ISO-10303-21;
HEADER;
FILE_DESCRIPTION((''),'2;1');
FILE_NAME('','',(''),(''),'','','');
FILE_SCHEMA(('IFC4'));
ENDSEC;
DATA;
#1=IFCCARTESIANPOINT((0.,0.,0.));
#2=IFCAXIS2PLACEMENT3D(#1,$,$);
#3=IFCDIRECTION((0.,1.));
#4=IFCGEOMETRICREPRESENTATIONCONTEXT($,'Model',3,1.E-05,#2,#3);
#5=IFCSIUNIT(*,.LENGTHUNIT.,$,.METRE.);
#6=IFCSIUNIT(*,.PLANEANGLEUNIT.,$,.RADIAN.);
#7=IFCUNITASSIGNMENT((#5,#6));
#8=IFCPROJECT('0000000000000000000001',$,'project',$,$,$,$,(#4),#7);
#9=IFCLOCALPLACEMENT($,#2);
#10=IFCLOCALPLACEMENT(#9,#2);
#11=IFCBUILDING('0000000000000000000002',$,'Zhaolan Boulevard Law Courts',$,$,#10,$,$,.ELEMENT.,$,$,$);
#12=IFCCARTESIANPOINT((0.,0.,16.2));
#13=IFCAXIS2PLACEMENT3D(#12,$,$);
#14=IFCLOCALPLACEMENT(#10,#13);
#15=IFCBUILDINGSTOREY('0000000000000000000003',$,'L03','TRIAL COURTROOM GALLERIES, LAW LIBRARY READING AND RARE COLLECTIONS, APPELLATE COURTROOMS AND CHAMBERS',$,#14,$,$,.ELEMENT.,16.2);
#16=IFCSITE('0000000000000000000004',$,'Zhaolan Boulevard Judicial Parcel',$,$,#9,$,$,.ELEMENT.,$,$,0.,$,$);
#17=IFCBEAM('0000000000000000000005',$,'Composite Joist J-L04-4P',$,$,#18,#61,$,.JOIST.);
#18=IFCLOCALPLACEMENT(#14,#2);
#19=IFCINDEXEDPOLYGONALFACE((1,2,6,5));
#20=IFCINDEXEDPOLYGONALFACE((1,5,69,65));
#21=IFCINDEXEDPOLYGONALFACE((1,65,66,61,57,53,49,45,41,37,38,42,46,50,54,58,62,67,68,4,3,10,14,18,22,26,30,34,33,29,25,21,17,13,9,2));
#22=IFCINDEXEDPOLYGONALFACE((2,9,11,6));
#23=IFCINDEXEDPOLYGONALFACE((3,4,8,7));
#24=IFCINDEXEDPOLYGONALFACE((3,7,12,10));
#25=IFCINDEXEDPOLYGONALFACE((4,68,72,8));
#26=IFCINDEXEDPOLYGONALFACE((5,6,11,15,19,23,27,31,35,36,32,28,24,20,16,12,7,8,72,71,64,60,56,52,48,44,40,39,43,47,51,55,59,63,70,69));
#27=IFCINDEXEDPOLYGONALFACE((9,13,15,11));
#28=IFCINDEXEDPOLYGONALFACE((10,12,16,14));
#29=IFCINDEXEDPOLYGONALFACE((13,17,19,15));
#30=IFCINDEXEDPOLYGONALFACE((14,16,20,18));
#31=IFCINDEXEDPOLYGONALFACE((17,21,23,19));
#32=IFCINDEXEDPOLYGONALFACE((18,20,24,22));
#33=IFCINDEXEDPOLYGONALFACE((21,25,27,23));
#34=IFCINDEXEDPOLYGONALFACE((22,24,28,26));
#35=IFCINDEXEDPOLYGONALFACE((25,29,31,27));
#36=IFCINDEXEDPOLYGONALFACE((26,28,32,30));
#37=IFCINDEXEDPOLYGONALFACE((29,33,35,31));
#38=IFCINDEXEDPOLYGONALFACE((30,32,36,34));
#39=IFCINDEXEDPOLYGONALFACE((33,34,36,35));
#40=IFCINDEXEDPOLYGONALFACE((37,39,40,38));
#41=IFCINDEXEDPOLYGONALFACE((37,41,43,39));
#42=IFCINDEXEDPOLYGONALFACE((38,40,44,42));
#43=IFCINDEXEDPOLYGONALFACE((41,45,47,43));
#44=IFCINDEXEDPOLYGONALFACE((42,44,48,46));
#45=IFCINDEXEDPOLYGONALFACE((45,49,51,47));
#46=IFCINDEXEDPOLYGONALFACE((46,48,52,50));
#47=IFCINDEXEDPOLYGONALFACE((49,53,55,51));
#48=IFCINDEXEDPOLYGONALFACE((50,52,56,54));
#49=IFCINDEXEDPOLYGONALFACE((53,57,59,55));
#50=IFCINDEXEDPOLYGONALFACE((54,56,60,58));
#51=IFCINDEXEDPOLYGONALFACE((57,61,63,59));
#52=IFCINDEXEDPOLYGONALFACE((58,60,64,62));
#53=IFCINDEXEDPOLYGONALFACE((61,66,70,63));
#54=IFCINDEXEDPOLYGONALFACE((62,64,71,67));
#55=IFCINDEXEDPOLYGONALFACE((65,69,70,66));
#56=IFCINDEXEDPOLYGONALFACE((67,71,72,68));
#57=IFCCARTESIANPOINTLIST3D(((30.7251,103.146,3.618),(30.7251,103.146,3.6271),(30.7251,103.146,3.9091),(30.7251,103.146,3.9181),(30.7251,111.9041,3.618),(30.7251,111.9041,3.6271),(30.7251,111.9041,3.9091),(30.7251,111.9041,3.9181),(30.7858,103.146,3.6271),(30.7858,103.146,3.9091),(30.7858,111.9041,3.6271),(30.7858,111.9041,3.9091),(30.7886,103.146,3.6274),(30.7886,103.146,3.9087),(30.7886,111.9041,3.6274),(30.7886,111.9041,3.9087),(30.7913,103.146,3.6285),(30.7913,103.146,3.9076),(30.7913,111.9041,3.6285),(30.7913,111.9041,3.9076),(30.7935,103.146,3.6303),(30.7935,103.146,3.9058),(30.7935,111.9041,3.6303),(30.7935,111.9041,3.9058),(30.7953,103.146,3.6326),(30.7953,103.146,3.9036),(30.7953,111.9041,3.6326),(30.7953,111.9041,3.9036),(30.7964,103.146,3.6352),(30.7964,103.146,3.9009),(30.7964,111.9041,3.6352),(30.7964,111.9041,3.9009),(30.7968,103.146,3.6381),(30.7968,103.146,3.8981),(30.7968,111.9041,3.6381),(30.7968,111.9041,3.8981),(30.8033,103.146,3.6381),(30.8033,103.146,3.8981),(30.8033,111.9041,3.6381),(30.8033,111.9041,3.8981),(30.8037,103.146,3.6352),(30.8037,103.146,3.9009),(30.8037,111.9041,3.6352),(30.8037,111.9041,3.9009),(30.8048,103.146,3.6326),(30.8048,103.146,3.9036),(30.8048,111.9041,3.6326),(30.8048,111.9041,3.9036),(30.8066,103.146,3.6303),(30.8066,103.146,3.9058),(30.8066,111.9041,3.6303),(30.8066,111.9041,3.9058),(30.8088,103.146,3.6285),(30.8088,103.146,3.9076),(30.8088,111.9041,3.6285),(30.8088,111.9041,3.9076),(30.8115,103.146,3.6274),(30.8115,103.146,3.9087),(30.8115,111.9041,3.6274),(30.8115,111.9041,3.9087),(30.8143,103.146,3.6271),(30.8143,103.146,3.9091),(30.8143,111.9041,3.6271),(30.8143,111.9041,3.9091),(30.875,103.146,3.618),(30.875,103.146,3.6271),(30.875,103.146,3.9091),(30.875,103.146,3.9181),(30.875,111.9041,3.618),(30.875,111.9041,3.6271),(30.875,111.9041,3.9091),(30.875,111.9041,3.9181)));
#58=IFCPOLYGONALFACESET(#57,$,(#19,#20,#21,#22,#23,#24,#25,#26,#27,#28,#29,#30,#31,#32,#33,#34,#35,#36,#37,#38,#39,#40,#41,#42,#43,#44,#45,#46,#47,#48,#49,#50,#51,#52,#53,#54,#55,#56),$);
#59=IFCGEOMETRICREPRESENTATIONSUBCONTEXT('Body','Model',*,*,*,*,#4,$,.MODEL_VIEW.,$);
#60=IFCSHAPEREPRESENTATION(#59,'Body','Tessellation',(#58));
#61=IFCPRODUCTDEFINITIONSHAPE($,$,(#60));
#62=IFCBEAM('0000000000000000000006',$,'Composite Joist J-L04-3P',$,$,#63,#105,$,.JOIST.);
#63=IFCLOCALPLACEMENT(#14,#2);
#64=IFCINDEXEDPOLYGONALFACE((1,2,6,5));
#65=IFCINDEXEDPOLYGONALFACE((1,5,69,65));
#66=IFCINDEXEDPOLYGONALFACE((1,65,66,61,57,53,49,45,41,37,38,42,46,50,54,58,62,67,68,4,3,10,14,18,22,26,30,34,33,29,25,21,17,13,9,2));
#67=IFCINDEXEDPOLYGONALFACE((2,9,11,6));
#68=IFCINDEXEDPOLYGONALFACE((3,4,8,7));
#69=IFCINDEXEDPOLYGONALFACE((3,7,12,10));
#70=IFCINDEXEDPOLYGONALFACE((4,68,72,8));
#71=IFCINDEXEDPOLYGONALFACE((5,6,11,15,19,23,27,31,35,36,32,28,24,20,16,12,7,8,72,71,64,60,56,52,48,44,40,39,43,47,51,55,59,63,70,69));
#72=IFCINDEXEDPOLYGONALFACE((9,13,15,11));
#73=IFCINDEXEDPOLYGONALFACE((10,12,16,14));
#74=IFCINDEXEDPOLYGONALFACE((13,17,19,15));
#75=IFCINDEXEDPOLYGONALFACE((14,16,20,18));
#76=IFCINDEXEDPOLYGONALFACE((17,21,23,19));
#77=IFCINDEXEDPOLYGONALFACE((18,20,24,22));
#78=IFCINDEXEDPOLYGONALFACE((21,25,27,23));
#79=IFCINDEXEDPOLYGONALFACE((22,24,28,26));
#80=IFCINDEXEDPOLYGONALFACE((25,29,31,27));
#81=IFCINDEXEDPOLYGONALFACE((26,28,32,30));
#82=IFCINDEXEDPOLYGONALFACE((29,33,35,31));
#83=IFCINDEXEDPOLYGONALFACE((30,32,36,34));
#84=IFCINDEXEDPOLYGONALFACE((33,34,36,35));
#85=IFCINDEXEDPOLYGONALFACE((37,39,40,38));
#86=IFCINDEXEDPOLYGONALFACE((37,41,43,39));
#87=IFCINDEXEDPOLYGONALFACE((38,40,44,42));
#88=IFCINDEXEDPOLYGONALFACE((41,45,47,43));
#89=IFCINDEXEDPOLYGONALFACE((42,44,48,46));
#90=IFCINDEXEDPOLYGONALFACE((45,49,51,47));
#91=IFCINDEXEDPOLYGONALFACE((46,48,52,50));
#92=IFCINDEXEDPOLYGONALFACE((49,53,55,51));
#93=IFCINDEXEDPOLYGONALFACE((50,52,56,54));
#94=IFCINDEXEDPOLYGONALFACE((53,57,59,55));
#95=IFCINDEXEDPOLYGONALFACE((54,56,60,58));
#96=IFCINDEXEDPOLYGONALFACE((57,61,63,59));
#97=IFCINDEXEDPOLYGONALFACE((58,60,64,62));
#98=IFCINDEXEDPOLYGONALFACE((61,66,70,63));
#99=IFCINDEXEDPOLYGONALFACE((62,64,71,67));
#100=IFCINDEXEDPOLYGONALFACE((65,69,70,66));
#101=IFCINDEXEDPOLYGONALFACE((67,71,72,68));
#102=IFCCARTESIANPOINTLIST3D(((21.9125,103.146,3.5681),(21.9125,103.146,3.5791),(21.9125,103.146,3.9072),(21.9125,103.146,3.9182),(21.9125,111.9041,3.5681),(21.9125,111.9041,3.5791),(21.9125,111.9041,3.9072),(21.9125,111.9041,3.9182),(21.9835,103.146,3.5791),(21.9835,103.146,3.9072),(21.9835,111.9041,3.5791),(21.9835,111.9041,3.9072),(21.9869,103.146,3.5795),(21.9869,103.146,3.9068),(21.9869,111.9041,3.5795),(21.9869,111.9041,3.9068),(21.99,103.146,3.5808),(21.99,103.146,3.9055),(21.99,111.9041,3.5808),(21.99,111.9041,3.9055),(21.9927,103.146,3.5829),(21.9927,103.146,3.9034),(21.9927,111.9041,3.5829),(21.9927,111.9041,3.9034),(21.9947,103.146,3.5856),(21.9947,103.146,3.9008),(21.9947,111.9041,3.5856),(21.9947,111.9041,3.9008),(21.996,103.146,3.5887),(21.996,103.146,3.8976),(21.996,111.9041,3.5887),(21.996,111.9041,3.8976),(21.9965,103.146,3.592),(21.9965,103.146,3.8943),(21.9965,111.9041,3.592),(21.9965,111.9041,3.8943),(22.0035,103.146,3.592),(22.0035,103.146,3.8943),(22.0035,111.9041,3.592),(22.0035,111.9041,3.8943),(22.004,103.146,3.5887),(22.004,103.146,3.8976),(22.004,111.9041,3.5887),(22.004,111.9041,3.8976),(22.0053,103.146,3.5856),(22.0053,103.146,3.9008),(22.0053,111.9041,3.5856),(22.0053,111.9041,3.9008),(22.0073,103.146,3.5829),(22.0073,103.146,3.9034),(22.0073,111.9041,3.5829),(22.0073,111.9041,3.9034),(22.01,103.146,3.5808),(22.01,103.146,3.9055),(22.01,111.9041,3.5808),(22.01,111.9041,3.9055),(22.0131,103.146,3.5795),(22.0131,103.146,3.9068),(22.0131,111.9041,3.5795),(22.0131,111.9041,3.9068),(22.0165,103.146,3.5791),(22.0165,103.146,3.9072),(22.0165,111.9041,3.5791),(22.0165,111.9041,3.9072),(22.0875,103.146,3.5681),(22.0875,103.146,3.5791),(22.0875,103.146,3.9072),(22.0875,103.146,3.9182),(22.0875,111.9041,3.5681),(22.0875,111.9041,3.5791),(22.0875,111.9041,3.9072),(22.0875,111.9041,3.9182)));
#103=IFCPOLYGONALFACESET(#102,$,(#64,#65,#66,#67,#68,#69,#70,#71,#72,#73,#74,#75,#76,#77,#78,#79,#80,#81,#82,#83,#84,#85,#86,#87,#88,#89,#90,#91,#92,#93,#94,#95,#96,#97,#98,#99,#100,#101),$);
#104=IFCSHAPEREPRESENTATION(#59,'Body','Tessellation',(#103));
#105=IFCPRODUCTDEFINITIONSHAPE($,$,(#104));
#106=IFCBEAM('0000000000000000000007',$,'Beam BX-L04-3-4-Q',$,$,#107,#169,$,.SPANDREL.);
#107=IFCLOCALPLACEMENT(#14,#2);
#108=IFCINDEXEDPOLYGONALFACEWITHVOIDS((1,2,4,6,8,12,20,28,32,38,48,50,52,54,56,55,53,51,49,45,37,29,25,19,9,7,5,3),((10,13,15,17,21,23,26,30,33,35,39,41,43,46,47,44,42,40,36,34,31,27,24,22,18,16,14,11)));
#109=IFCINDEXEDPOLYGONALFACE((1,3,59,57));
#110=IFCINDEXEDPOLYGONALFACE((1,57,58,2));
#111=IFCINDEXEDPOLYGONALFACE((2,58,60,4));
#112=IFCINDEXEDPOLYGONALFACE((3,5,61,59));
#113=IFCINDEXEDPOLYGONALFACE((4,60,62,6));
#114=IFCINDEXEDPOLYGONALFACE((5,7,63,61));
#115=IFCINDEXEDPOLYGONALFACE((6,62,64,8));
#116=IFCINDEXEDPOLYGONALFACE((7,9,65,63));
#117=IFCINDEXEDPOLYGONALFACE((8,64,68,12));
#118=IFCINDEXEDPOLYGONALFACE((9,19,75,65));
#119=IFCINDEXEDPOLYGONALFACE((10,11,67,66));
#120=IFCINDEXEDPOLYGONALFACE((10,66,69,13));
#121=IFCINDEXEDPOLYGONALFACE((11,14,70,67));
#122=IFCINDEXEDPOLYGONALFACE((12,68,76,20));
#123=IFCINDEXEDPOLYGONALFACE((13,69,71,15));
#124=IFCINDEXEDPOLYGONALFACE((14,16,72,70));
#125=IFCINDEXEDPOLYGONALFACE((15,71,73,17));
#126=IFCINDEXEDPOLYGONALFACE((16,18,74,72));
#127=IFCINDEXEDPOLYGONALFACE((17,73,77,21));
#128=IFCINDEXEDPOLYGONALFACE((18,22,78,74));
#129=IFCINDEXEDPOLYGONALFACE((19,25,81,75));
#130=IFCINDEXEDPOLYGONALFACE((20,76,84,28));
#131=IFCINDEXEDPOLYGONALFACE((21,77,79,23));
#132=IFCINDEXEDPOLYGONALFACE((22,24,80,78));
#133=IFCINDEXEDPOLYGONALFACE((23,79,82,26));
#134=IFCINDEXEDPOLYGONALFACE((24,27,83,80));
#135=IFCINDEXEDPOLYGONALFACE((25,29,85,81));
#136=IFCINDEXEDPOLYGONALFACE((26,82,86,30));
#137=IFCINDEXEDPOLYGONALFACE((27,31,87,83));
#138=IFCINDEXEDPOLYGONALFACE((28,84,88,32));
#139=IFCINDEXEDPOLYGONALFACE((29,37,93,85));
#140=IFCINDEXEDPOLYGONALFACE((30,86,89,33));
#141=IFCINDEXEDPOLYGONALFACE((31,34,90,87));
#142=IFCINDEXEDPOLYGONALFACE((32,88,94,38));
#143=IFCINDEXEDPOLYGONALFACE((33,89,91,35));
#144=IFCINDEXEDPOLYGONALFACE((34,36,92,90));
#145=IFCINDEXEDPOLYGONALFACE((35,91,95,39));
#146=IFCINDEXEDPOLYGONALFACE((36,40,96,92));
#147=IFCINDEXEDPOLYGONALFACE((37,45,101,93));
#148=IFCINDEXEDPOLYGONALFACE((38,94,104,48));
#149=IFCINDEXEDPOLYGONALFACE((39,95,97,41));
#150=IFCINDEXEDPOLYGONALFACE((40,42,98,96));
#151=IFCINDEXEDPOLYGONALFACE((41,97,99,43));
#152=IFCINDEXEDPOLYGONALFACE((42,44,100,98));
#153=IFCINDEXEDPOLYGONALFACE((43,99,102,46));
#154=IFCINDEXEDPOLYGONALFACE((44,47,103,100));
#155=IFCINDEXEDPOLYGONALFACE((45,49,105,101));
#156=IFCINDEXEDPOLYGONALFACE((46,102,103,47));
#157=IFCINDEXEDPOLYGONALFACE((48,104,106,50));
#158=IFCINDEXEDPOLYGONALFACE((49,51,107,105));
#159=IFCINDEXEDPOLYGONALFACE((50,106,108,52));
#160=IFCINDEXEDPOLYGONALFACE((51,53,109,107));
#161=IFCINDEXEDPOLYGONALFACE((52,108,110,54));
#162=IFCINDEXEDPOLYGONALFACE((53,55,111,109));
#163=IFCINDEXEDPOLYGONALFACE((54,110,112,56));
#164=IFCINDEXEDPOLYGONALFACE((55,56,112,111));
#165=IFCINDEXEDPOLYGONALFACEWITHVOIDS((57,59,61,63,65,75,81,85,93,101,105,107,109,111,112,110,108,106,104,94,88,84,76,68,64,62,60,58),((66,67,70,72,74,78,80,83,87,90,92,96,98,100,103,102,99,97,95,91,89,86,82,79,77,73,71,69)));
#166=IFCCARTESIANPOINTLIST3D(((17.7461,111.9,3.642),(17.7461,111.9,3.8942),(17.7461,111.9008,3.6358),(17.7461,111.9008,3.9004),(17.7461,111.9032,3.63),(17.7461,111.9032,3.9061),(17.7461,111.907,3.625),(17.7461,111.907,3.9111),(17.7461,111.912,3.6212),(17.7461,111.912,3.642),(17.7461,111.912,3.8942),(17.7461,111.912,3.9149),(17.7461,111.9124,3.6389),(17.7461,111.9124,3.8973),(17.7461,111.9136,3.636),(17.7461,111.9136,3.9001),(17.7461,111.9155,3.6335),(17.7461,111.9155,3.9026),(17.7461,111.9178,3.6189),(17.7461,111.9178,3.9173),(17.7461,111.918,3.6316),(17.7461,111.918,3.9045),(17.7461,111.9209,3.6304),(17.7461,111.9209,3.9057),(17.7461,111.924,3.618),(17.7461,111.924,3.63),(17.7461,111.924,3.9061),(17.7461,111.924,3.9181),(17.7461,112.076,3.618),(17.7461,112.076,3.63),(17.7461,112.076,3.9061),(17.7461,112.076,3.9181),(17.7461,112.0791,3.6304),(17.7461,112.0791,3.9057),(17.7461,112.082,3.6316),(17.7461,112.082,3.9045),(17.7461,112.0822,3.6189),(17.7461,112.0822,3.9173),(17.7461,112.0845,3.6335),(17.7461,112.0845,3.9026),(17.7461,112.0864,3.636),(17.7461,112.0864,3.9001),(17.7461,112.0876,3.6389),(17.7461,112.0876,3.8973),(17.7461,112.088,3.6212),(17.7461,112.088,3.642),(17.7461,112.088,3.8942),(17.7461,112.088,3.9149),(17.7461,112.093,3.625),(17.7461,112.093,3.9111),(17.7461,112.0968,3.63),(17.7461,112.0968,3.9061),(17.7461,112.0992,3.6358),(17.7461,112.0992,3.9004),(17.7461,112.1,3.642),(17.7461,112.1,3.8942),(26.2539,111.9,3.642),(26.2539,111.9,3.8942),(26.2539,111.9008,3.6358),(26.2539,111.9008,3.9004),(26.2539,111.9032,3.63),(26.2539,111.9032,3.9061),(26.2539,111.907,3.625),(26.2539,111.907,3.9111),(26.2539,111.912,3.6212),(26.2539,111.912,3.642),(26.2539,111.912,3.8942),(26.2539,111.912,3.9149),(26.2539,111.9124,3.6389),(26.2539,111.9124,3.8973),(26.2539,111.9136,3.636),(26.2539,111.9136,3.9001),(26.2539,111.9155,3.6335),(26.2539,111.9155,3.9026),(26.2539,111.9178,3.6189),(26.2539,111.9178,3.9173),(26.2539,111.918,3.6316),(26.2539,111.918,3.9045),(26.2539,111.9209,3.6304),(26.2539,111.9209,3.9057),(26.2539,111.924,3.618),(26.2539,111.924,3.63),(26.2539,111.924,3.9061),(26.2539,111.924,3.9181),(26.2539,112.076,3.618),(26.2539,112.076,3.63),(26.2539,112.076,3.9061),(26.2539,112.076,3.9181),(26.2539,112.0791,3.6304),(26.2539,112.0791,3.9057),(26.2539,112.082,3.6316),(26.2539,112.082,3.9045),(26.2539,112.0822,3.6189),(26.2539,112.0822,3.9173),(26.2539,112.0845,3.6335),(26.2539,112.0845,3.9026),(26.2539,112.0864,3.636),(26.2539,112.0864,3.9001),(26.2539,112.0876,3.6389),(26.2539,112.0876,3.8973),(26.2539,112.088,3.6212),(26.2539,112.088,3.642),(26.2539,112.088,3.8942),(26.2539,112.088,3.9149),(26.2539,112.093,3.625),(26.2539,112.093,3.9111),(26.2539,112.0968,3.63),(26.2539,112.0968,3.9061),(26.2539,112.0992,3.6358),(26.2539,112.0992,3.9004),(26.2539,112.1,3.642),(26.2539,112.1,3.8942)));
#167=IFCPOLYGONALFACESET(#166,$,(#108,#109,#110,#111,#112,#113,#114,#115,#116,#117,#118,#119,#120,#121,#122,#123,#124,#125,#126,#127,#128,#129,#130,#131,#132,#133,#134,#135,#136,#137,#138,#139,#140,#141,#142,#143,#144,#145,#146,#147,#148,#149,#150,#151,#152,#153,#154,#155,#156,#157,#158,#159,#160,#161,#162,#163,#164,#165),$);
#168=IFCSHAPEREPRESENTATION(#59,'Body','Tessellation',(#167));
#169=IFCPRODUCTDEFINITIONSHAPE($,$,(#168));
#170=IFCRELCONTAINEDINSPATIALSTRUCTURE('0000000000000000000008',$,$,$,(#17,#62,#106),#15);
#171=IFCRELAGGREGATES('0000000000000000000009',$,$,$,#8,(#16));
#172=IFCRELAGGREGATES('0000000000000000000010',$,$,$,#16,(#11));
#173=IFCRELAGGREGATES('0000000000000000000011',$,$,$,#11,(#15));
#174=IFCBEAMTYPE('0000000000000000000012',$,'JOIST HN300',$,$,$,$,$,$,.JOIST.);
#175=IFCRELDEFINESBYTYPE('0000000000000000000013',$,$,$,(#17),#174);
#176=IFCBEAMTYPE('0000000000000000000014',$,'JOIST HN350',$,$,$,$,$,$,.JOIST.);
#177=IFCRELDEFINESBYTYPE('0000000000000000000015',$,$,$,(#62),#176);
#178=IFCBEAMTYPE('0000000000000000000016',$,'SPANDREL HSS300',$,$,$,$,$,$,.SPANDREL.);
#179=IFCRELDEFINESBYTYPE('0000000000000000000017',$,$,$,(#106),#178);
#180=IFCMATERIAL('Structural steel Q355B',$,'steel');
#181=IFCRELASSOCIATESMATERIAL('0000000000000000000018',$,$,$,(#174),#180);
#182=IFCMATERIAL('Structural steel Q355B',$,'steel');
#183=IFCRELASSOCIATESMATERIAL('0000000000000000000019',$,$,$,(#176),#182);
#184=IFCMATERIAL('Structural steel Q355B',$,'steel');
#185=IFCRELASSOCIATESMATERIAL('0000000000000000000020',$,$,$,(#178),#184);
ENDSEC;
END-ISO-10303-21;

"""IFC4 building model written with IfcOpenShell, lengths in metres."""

from ifc_helpers import new_model, si_unit, direction, frame, origin, origin_2d, place, context, subcontext, project, spatial, hollow_rectangle, i_section, extrude, material, material_profile, profile_set, type_object, element, save


model = new_model("IFC4")

# Units and contexts
model_context = context("Model", 3, precision=1e-05, world=origin(), true_north=direction((0.0, 1.0)))
body_context = subcontext(model_context, "Body", "Model", "MODEL_VIEW")
ifc_project = project(units=[si_unit("LENGTHUNIT", "METRE"), si_unit("PLANEANGLEUNIT", "RADIAN")], contexts=[model_context])

# Site, building, storey
site_placement = place(None, origin())
site = spatial("IfcSite", under=ifc_project, at=site_placement, Name="Zhaolan Boulevard Judicial Parcel", CompositionType="ELEMENT", RefElevation=0.0)
building_placement = place(site_placement, origin())
building = spatial("IfcBuilding", under=site, at=building_placement, Name="Zhaolan Boulevard Law Courts", CompositionType="ELEMENT")
storey_placement = place(building_placement, frame((0.0, 0.0, 16.2)))
storey = spatial("IfcBuildingStorey", under=building, at=storey_placement, Name="L03", Description="TRIAL COURTROOM GALLERIES, LAW LIBRARY READING AND RARE COLLECTIONS, APPELLATE COURTROOMS AND CHAMBERS", CompositionType="ELEMENT", Elevation=16.2)

# Beams
ifc_material_1 = material(Name="Structural steel Q355B", Category="steel")
ifc_material_profile_1 = material_profile(ifc_material_1, i_section(OverallWidth=0.1499, OverallDepth=0.3, WebThickness=0.0066, FlangeThickness=0.009, FilletRadius=0.011, at=origin_2d()), Name="HN300x150")
ifc_profile_set_1 = profile_set([ifc_material_profile_1], Name="Structural steel Q355B")
beam_type_1 = type_object("IfcBeamType", Name="JOIST HN300", PredefinedType="JOIST", material=ifc_profile_set_1)
beam_1_placement = place(storey_placement, frame((30.8, 103.146, 3.7681), z_axis=(0.0, 1.0, 0.0), x_axis=(-1.0, 0.0, 0.0)))
element("IfcBeam", 1, at=beam_1_placement, inside=storey, type_object=beam_type_1, Name="Composite Joist J-L04-4P", PredefinedType="JOIST", context=body_context, shape_type="SweptSolid", body=[
    extrude(i_section(OverallWidth=0.1499, OverallDepth=0.3, WebThickness=0.0066, FlangeThickness=0.009, FilletRadius=0.011, at=origin_2d()), origin(), (0.0, 0.0, 1.0), 8.7581),
])
ifc_material_2 = material(Name="Structural steel Q355B", Category="steel")
ifc_material_profile_2 = material_profile(ifc_material_2, i_section(OverallWidth=0.175, OverallDepth=0.3501, WebThickness=0.0071, FlangeThickness=0.011, FilletRadius=0.0129, at=origin_2d()), Name="HN350x175")
ifc_profile_set_2 = profile_set([ifc_material_profile_2], Name="Structural steel Q355B")
beam_type_2 = type_object("IfcBeamType", Name="JOIST HN350", PredefinedType="JOIST", material=ifc_profile_set_2)
beam_2_placement = place(storey_placement, frame((22.0, 103.146, 3.7432), z_axis=(0.0, 1.0, 0.0), x_axis=(-1.0, 0.0, 0.0)))
element("IfcBeam", 2, at=beam_2_placement, inside=storey, type_object=beam_type_2, Name="Composite Joist J-L04-3P", PredefinedType="JOIST", context=body_context, shape_type="SweptSolid", body=[
    extrude(i_section(OverallWidth=0.175, OverallDepth=0.3501, WebThickness=0.0071, FlangeThickness=0.011, FilletRadius=0.0129, at=origin_2d()), origin(), (0.0, 0.0, 1.0), 8.7581),
])
ifc_material_3 = material(Name="Structural steel Q355B", Category="steel")
ifc_material_profile_3 = material_profile(ifc_material_3, hollow_rectangle(XDim=0.2, YDim=0.3, WallThickness=0.012, InnerFilletRadius=0.012, OuterFilletRadius=0.0239, at=origin_2d()), Name="HSS300x200x12")
ifc_profile_set_3 = profile_set([ifc_material_profile_3], Name="Structural steel Q355B")
beam_type_3 = type_object("IfcBeamType", Name="SPANDREL HSS300", PredefinedType="SPANDREL", material=ifc_profile_set_3)
beam_3_placement = place(storey_placement, frame((17.7461, 112.0, 3.7681), z_axis=(1.0, 0.0, 0.0), x_axis=(0.0, 1.0, 0.0)))
element("IfcBeam", 3, at=beam_3_placement, inside=storey, type_object=beam_type_3, Name="Beam BX-L04-3-4-Q", PredefinedType="SPANDREL", context=body_context, shape_type="SweptSolid", body=[
    extrude(hollow_rectangle(XDim=0.2, YDim=0.3, WallThickness=0.012, InnerFilletRadius=0.012, OuterFilletRadius=0.0239, at=origin_2d()), origin(), (0.0, 0.0, 1.0), 8.5078),
])

save(model, "model.ifc")
